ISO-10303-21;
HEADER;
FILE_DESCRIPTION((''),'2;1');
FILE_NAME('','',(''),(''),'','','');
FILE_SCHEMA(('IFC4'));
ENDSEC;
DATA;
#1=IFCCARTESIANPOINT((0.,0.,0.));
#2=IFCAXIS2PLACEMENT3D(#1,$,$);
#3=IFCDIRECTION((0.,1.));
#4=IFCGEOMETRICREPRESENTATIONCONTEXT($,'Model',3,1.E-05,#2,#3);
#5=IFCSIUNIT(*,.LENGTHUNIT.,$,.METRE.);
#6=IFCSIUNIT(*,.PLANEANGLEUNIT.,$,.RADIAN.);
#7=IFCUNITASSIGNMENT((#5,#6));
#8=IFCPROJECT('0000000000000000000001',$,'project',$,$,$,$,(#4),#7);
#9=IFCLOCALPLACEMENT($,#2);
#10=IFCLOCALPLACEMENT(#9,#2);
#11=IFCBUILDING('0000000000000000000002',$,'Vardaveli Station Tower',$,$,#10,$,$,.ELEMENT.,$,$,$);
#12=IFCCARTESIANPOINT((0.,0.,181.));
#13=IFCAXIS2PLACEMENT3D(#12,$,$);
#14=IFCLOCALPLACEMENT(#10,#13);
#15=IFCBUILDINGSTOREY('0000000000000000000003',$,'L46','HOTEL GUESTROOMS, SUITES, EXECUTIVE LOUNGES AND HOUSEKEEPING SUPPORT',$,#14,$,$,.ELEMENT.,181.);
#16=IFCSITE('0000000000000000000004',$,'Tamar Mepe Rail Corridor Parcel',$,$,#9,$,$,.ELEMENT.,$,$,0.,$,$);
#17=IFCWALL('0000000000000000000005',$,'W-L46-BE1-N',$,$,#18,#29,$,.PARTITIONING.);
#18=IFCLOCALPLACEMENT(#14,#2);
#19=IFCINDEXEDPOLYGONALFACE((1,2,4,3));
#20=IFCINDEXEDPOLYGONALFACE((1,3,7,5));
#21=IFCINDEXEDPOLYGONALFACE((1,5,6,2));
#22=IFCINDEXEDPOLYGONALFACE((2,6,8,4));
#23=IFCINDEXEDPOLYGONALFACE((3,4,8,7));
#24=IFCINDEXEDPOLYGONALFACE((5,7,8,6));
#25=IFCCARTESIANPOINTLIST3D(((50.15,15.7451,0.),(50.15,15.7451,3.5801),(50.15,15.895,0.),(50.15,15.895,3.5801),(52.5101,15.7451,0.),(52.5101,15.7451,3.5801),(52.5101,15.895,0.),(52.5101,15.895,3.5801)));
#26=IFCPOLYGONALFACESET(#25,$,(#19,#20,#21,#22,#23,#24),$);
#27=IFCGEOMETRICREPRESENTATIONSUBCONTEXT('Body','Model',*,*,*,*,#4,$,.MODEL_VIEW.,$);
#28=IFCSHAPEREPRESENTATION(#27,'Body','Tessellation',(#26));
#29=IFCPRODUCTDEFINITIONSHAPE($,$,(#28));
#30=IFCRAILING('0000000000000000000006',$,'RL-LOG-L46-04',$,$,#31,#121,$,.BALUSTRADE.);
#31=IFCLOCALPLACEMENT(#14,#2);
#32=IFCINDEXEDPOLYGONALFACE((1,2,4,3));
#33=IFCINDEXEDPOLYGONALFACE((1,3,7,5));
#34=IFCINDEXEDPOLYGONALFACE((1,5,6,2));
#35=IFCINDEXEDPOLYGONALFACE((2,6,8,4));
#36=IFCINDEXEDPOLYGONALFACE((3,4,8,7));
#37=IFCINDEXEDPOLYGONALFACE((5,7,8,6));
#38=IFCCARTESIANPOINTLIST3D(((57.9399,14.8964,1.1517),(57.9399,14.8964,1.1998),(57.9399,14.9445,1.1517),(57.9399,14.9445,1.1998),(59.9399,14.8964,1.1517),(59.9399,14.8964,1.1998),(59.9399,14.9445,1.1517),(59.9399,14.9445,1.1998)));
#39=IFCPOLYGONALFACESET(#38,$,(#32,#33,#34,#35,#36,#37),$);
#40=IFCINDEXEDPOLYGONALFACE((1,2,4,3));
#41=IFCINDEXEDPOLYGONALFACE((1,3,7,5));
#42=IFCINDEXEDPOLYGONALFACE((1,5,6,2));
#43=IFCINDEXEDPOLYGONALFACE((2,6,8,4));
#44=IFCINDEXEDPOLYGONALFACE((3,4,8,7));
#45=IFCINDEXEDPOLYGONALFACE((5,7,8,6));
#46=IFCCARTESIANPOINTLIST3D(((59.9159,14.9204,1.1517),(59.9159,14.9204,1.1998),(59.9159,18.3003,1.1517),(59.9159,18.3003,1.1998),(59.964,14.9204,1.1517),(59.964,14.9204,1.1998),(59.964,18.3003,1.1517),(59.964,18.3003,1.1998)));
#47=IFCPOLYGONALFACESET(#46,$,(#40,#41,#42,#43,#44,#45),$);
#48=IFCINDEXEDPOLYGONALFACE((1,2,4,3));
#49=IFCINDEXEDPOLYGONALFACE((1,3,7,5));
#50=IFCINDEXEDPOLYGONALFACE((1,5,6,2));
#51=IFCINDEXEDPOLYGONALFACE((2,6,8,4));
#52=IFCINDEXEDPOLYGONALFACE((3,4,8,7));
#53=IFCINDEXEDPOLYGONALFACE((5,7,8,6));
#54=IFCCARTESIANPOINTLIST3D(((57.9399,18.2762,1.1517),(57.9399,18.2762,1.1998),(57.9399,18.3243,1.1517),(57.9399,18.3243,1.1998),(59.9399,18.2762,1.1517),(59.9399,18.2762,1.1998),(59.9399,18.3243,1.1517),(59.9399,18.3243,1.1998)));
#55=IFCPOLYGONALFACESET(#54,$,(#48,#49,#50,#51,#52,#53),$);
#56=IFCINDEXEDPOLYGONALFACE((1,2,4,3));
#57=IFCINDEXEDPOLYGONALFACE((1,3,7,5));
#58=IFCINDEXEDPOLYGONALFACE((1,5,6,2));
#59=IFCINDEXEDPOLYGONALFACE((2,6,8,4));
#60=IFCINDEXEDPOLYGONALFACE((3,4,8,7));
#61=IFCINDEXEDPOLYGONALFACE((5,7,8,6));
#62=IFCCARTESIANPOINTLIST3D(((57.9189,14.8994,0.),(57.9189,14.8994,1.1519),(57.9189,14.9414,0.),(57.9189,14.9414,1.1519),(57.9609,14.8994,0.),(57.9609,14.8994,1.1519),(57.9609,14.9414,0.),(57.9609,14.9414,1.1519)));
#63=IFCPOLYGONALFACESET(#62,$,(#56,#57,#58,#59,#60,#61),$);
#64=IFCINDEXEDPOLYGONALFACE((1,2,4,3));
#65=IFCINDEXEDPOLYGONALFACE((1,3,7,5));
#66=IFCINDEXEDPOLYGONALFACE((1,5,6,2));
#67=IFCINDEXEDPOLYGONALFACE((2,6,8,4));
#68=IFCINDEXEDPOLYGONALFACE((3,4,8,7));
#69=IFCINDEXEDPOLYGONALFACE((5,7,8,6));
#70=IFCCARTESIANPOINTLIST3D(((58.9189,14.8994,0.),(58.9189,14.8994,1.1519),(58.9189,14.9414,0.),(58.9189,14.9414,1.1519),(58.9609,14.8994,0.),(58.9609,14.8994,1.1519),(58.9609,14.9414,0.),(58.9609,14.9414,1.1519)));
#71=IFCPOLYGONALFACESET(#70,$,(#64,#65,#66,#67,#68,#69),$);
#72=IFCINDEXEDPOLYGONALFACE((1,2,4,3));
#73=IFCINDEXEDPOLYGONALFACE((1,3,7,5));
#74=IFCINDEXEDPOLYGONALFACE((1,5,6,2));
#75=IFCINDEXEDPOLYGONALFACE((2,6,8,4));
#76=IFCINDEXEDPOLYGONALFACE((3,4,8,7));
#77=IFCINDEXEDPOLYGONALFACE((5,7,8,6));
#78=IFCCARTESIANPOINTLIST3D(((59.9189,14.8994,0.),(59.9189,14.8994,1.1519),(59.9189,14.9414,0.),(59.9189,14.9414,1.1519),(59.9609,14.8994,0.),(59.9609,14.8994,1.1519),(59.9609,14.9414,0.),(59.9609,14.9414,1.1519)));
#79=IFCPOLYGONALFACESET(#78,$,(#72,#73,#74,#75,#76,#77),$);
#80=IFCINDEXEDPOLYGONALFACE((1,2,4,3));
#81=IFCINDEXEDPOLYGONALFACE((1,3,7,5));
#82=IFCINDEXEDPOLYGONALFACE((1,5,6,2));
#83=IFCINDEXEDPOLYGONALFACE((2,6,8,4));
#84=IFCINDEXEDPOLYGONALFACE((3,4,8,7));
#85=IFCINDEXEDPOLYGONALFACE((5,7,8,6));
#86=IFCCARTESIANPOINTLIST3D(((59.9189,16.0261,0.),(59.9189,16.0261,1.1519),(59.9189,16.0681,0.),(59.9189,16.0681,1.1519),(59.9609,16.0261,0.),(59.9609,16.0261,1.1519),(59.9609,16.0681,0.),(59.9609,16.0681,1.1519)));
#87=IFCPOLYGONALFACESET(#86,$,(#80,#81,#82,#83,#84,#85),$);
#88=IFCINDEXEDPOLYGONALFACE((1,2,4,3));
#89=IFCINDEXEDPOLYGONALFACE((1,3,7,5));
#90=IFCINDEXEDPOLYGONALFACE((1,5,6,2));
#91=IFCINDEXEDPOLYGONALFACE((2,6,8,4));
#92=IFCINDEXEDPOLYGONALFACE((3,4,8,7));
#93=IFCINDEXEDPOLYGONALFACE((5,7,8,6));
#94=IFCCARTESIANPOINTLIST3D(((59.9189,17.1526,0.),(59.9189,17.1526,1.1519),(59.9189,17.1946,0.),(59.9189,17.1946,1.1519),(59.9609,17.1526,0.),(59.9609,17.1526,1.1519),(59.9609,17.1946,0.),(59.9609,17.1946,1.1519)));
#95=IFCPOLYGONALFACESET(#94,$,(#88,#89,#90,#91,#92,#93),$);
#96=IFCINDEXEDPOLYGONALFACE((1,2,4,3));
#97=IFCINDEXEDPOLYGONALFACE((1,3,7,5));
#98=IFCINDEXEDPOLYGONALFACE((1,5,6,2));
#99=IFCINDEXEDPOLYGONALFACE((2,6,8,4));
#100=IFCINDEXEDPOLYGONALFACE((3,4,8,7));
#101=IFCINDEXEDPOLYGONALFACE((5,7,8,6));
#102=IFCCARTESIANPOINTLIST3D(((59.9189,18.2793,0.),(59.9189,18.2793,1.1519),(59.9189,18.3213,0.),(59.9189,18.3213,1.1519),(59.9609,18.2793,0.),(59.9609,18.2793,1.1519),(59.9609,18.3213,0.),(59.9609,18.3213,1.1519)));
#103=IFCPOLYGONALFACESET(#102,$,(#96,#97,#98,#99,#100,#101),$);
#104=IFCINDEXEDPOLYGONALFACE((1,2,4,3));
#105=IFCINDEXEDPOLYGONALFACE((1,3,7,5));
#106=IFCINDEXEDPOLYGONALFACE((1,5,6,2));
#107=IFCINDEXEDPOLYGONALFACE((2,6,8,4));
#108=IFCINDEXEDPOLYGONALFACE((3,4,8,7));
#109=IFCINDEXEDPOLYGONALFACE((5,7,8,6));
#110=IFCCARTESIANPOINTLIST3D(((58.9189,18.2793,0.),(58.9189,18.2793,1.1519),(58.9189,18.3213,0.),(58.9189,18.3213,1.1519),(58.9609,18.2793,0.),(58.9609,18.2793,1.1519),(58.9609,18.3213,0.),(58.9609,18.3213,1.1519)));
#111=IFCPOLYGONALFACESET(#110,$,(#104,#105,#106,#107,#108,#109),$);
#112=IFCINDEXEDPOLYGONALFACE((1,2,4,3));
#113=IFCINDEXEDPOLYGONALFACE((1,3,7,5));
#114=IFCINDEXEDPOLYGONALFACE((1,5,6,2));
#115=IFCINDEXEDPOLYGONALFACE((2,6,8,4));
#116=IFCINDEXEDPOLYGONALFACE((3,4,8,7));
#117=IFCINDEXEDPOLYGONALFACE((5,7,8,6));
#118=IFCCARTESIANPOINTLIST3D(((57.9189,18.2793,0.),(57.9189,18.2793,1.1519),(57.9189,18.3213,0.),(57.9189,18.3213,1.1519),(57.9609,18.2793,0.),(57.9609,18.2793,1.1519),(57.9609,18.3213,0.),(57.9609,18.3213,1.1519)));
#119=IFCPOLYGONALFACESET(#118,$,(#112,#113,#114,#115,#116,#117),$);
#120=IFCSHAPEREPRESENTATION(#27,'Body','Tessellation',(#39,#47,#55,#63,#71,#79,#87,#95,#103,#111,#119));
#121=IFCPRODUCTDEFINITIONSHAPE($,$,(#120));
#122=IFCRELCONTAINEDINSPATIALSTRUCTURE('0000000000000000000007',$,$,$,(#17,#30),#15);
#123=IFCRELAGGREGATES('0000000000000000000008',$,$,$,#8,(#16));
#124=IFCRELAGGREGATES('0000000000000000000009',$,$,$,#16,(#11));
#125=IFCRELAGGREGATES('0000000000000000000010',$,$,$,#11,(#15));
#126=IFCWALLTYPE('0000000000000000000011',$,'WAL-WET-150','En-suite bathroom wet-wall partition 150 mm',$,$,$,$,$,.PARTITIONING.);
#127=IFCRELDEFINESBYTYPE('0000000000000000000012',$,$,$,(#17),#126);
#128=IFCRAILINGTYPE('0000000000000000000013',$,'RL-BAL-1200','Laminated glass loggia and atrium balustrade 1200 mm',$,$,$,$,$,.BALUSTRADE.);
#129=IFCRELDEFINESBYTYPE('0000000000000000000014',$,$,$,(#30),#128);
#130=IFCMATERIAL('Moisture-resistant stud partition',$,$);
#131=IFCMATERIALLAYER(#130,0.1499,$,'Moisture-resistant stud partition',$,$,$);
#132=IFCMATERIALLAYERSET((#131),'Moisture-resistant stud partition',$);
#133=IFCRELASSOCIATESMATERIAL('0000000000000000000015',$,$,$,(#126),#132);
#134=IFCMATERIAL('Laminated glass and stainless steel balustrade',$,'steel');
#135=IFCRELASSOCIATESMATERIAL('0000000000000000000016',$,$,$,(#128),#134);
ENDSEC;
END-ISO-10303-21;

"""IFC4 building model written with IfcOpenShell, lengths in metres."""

from ifc_helpers import new_model, si_unit, direction, frame, frame_2d, origin, origin_2d, place, context, subcontext, project, spatial, rectangle, extrude, source, transform, mapped, material, layer, layer_set, type_object, element, save


model = new_model("IFC4")

# Units and contexts
model_context = context("Model", 3, precision=1e-05, world=origin(), true_north=direction((0.0, 1.0)))
body_context = subcontext(model_context, "Body", "Model", "MODEL_VIEW")
ifc_project = project(units=[si_unit("LENGTHUNIT", "METRE"), si_unit("PLANEANGLEUNIT", "RADIAN")], contexts=[model_context])

# Site, building, storey
site_placement = place(None, origin())
site = spatial("IfcSite", under=ifc_project, at=site_placement, Name="Tamar Mepe Rail Corridor Parcel", CompositionType="ELEMENT", RefElevation=0.0)
building_placement = place(site_placement, origin())
building = spatial("IfcBuilding", under=site, at=building_placement, Name="Vardaveli Station Tower", CompositionType="ELEMENT")
storey_placement = place(building_placement, frame((0.0, 0.0, 181.0)))
storey = spatial("IfcBuildingStorey", under=building, at=storey_placement, Name="L46", Description="HOTEL GUESTROOMS, SUITES, EXECUTIVE LOUNGES AND HOUSEKEEPING SUPPORT", CompositionType="ELEMENT", Elevation=181.0)

# Shared definitions
ifc_material_1 = material(Name="Moisture-resistant stud partition")
ifc_layer_1 = layer(ifc_material_1, 0.1499, Name="Moisture-resistant stud partition")
ifc_layer_set_1 = layer_set([ifc_layer_1], Name="Moisture-resistant stud partition")
wall_type_1 = type_object("IfcWallType", Name="WAL-WET-150", Description="En-suite bathroom wet-wall partition 150 mm", PredefinedType="PARTITIONING", material=ifc_layer_set_1)

# Wall
shared_shape_1 = source(origin(), body_context, "Body", "SweptSolid", [
    extrude(rectangle(XDim=2.3601, YDim=0.1499, at=frame_2d((1.1802, 0.0))), origin(), (0.0, 0.0, 1.0), 3.5801),
])
wall_1_placement = place(storey_placement, frame((50.1499, 15.8201, 0.0), z_axis=(0.0, 0.0, 1.0), x_axis=(1.0, 0.0, 0.0)))
element("IfcWall", 1, at=wall_1_placement, inside=storey, type_object=wall_type_1, Name="W-L46-BE1-N", PredefinedType="PARTITIONING", context=body_context, shape_type="MappedRepresentation", body=[
    mapped(shared_shape_1, transform((0.0, 0.0, 0.0), scale=1.0)),
])

# Railing
ifc_material_2 = material(Name="Laminated glass and stainless steel balustrade", Category="steel")
railing_type = type_object("IfcRailingType", Name="RL-BAL-1200", Description="Laminated glass loggia and atrium balustrade 1200 mm", PredefinedType="BALUSTRADE", material=ifc_material_2)
shared_shape_2 = source(origin(), body_context, "Body", "SweptSolid", [
    extrude(rectangle(XDim=0.0481, YDim=0.0481, at=origin_2d()), frame((0.0, 0.0, 1.1758), z_axis=(1.0, 0.0, 0.0), x_axis=(0.0, 1.0, 0.0)), (0.0, 0.0, 1.0), 2.0),
    extrude(rectangle(XDim=0.0481, YDim=0.0481, at=origin_2d()), frame((2.0, 0.0, 1.1758), z_axis=(0.0, 1.0, 0.0), x_axis=(-1.0, 0.0, 0.0)), (0.0, 0.0, 1.0), 3.3799),
    extrude(rectangle(XDim=0.0481, YDim=0.0481, at=origin_2d()), frame((2.0, 3.3799, 1.1758), z_axis=(-1.0, 0.0, 0.0), x_axis=(0.0, -1.0, 0.0)), (0.0, 0.0, 1.0), 2.0),
    extrude(rectangle(XDim=0.042, YDim=0.042, at=origin_2d()), origin(), (0.0, 0.0, 1.0), 1.1519),
    extrude(rectangle(XDim=0.042, YDim=0.042, at=origin_2d()), frame((1.0, 0.0, 0.0)), (0.0, 0.0, 1.0), 1.1519),
    extrude(rectangle(XDim=0.042, YDim=0.042, at=origin_2d()), frame((2.0, 0.0, 0.0)), (0.0, 0.0, 1.0), 1.1519),
    extrude(rectangle(XDim=0.042, YDim=0.042, at=origin_2d()), frame((2.0, 1.1267, 0.0)), (0.0, 0.0, 1.0), 1.1519),
    extrude(rectangle(XDim=0.042, YDim=0.042, at=origin_2d()), frame((2.0, 2.2532, 0.0)), (0.0, 0.0, 1.0), 1.1519),
    extrude(rectangle(XDim=0.042, YDim=0.042, at=origin_2d()), frame((2.0, 3.3799, 0.0)), (0.0, 0.0, 1.0), 1.1519),
    extrude(rectangle(XDim=0.042, YDim=0.042, at=origin_2d()), frame((1.0, 3.3799, 0.0)), (0.0, 0.0, 1.0), 1.1519),
    extrude(rectangle(XDim=0.042, YDim=0.042, at=origin_2d()), frame((0.0, 3.3799, 0.0)), (0.0, 0.0, 1.0), 1.1519),
])
railing_placement = place(storey_placement, frame((57.9399, 14.9204, 0.0)))
element("IfcRailing", 2, at=railing_placement, inside=storey, type_object=railing_type, Name="RL-LOG-L46-04", PredefinedType="BALUSTRADE", context=body_context, shape_type="MappedRepresentation", body=[
    mapped(shared_shape_2, transform((0.0, 0.0, 0.0), scale=1.0)),
])

save(model, "model.ifc")
